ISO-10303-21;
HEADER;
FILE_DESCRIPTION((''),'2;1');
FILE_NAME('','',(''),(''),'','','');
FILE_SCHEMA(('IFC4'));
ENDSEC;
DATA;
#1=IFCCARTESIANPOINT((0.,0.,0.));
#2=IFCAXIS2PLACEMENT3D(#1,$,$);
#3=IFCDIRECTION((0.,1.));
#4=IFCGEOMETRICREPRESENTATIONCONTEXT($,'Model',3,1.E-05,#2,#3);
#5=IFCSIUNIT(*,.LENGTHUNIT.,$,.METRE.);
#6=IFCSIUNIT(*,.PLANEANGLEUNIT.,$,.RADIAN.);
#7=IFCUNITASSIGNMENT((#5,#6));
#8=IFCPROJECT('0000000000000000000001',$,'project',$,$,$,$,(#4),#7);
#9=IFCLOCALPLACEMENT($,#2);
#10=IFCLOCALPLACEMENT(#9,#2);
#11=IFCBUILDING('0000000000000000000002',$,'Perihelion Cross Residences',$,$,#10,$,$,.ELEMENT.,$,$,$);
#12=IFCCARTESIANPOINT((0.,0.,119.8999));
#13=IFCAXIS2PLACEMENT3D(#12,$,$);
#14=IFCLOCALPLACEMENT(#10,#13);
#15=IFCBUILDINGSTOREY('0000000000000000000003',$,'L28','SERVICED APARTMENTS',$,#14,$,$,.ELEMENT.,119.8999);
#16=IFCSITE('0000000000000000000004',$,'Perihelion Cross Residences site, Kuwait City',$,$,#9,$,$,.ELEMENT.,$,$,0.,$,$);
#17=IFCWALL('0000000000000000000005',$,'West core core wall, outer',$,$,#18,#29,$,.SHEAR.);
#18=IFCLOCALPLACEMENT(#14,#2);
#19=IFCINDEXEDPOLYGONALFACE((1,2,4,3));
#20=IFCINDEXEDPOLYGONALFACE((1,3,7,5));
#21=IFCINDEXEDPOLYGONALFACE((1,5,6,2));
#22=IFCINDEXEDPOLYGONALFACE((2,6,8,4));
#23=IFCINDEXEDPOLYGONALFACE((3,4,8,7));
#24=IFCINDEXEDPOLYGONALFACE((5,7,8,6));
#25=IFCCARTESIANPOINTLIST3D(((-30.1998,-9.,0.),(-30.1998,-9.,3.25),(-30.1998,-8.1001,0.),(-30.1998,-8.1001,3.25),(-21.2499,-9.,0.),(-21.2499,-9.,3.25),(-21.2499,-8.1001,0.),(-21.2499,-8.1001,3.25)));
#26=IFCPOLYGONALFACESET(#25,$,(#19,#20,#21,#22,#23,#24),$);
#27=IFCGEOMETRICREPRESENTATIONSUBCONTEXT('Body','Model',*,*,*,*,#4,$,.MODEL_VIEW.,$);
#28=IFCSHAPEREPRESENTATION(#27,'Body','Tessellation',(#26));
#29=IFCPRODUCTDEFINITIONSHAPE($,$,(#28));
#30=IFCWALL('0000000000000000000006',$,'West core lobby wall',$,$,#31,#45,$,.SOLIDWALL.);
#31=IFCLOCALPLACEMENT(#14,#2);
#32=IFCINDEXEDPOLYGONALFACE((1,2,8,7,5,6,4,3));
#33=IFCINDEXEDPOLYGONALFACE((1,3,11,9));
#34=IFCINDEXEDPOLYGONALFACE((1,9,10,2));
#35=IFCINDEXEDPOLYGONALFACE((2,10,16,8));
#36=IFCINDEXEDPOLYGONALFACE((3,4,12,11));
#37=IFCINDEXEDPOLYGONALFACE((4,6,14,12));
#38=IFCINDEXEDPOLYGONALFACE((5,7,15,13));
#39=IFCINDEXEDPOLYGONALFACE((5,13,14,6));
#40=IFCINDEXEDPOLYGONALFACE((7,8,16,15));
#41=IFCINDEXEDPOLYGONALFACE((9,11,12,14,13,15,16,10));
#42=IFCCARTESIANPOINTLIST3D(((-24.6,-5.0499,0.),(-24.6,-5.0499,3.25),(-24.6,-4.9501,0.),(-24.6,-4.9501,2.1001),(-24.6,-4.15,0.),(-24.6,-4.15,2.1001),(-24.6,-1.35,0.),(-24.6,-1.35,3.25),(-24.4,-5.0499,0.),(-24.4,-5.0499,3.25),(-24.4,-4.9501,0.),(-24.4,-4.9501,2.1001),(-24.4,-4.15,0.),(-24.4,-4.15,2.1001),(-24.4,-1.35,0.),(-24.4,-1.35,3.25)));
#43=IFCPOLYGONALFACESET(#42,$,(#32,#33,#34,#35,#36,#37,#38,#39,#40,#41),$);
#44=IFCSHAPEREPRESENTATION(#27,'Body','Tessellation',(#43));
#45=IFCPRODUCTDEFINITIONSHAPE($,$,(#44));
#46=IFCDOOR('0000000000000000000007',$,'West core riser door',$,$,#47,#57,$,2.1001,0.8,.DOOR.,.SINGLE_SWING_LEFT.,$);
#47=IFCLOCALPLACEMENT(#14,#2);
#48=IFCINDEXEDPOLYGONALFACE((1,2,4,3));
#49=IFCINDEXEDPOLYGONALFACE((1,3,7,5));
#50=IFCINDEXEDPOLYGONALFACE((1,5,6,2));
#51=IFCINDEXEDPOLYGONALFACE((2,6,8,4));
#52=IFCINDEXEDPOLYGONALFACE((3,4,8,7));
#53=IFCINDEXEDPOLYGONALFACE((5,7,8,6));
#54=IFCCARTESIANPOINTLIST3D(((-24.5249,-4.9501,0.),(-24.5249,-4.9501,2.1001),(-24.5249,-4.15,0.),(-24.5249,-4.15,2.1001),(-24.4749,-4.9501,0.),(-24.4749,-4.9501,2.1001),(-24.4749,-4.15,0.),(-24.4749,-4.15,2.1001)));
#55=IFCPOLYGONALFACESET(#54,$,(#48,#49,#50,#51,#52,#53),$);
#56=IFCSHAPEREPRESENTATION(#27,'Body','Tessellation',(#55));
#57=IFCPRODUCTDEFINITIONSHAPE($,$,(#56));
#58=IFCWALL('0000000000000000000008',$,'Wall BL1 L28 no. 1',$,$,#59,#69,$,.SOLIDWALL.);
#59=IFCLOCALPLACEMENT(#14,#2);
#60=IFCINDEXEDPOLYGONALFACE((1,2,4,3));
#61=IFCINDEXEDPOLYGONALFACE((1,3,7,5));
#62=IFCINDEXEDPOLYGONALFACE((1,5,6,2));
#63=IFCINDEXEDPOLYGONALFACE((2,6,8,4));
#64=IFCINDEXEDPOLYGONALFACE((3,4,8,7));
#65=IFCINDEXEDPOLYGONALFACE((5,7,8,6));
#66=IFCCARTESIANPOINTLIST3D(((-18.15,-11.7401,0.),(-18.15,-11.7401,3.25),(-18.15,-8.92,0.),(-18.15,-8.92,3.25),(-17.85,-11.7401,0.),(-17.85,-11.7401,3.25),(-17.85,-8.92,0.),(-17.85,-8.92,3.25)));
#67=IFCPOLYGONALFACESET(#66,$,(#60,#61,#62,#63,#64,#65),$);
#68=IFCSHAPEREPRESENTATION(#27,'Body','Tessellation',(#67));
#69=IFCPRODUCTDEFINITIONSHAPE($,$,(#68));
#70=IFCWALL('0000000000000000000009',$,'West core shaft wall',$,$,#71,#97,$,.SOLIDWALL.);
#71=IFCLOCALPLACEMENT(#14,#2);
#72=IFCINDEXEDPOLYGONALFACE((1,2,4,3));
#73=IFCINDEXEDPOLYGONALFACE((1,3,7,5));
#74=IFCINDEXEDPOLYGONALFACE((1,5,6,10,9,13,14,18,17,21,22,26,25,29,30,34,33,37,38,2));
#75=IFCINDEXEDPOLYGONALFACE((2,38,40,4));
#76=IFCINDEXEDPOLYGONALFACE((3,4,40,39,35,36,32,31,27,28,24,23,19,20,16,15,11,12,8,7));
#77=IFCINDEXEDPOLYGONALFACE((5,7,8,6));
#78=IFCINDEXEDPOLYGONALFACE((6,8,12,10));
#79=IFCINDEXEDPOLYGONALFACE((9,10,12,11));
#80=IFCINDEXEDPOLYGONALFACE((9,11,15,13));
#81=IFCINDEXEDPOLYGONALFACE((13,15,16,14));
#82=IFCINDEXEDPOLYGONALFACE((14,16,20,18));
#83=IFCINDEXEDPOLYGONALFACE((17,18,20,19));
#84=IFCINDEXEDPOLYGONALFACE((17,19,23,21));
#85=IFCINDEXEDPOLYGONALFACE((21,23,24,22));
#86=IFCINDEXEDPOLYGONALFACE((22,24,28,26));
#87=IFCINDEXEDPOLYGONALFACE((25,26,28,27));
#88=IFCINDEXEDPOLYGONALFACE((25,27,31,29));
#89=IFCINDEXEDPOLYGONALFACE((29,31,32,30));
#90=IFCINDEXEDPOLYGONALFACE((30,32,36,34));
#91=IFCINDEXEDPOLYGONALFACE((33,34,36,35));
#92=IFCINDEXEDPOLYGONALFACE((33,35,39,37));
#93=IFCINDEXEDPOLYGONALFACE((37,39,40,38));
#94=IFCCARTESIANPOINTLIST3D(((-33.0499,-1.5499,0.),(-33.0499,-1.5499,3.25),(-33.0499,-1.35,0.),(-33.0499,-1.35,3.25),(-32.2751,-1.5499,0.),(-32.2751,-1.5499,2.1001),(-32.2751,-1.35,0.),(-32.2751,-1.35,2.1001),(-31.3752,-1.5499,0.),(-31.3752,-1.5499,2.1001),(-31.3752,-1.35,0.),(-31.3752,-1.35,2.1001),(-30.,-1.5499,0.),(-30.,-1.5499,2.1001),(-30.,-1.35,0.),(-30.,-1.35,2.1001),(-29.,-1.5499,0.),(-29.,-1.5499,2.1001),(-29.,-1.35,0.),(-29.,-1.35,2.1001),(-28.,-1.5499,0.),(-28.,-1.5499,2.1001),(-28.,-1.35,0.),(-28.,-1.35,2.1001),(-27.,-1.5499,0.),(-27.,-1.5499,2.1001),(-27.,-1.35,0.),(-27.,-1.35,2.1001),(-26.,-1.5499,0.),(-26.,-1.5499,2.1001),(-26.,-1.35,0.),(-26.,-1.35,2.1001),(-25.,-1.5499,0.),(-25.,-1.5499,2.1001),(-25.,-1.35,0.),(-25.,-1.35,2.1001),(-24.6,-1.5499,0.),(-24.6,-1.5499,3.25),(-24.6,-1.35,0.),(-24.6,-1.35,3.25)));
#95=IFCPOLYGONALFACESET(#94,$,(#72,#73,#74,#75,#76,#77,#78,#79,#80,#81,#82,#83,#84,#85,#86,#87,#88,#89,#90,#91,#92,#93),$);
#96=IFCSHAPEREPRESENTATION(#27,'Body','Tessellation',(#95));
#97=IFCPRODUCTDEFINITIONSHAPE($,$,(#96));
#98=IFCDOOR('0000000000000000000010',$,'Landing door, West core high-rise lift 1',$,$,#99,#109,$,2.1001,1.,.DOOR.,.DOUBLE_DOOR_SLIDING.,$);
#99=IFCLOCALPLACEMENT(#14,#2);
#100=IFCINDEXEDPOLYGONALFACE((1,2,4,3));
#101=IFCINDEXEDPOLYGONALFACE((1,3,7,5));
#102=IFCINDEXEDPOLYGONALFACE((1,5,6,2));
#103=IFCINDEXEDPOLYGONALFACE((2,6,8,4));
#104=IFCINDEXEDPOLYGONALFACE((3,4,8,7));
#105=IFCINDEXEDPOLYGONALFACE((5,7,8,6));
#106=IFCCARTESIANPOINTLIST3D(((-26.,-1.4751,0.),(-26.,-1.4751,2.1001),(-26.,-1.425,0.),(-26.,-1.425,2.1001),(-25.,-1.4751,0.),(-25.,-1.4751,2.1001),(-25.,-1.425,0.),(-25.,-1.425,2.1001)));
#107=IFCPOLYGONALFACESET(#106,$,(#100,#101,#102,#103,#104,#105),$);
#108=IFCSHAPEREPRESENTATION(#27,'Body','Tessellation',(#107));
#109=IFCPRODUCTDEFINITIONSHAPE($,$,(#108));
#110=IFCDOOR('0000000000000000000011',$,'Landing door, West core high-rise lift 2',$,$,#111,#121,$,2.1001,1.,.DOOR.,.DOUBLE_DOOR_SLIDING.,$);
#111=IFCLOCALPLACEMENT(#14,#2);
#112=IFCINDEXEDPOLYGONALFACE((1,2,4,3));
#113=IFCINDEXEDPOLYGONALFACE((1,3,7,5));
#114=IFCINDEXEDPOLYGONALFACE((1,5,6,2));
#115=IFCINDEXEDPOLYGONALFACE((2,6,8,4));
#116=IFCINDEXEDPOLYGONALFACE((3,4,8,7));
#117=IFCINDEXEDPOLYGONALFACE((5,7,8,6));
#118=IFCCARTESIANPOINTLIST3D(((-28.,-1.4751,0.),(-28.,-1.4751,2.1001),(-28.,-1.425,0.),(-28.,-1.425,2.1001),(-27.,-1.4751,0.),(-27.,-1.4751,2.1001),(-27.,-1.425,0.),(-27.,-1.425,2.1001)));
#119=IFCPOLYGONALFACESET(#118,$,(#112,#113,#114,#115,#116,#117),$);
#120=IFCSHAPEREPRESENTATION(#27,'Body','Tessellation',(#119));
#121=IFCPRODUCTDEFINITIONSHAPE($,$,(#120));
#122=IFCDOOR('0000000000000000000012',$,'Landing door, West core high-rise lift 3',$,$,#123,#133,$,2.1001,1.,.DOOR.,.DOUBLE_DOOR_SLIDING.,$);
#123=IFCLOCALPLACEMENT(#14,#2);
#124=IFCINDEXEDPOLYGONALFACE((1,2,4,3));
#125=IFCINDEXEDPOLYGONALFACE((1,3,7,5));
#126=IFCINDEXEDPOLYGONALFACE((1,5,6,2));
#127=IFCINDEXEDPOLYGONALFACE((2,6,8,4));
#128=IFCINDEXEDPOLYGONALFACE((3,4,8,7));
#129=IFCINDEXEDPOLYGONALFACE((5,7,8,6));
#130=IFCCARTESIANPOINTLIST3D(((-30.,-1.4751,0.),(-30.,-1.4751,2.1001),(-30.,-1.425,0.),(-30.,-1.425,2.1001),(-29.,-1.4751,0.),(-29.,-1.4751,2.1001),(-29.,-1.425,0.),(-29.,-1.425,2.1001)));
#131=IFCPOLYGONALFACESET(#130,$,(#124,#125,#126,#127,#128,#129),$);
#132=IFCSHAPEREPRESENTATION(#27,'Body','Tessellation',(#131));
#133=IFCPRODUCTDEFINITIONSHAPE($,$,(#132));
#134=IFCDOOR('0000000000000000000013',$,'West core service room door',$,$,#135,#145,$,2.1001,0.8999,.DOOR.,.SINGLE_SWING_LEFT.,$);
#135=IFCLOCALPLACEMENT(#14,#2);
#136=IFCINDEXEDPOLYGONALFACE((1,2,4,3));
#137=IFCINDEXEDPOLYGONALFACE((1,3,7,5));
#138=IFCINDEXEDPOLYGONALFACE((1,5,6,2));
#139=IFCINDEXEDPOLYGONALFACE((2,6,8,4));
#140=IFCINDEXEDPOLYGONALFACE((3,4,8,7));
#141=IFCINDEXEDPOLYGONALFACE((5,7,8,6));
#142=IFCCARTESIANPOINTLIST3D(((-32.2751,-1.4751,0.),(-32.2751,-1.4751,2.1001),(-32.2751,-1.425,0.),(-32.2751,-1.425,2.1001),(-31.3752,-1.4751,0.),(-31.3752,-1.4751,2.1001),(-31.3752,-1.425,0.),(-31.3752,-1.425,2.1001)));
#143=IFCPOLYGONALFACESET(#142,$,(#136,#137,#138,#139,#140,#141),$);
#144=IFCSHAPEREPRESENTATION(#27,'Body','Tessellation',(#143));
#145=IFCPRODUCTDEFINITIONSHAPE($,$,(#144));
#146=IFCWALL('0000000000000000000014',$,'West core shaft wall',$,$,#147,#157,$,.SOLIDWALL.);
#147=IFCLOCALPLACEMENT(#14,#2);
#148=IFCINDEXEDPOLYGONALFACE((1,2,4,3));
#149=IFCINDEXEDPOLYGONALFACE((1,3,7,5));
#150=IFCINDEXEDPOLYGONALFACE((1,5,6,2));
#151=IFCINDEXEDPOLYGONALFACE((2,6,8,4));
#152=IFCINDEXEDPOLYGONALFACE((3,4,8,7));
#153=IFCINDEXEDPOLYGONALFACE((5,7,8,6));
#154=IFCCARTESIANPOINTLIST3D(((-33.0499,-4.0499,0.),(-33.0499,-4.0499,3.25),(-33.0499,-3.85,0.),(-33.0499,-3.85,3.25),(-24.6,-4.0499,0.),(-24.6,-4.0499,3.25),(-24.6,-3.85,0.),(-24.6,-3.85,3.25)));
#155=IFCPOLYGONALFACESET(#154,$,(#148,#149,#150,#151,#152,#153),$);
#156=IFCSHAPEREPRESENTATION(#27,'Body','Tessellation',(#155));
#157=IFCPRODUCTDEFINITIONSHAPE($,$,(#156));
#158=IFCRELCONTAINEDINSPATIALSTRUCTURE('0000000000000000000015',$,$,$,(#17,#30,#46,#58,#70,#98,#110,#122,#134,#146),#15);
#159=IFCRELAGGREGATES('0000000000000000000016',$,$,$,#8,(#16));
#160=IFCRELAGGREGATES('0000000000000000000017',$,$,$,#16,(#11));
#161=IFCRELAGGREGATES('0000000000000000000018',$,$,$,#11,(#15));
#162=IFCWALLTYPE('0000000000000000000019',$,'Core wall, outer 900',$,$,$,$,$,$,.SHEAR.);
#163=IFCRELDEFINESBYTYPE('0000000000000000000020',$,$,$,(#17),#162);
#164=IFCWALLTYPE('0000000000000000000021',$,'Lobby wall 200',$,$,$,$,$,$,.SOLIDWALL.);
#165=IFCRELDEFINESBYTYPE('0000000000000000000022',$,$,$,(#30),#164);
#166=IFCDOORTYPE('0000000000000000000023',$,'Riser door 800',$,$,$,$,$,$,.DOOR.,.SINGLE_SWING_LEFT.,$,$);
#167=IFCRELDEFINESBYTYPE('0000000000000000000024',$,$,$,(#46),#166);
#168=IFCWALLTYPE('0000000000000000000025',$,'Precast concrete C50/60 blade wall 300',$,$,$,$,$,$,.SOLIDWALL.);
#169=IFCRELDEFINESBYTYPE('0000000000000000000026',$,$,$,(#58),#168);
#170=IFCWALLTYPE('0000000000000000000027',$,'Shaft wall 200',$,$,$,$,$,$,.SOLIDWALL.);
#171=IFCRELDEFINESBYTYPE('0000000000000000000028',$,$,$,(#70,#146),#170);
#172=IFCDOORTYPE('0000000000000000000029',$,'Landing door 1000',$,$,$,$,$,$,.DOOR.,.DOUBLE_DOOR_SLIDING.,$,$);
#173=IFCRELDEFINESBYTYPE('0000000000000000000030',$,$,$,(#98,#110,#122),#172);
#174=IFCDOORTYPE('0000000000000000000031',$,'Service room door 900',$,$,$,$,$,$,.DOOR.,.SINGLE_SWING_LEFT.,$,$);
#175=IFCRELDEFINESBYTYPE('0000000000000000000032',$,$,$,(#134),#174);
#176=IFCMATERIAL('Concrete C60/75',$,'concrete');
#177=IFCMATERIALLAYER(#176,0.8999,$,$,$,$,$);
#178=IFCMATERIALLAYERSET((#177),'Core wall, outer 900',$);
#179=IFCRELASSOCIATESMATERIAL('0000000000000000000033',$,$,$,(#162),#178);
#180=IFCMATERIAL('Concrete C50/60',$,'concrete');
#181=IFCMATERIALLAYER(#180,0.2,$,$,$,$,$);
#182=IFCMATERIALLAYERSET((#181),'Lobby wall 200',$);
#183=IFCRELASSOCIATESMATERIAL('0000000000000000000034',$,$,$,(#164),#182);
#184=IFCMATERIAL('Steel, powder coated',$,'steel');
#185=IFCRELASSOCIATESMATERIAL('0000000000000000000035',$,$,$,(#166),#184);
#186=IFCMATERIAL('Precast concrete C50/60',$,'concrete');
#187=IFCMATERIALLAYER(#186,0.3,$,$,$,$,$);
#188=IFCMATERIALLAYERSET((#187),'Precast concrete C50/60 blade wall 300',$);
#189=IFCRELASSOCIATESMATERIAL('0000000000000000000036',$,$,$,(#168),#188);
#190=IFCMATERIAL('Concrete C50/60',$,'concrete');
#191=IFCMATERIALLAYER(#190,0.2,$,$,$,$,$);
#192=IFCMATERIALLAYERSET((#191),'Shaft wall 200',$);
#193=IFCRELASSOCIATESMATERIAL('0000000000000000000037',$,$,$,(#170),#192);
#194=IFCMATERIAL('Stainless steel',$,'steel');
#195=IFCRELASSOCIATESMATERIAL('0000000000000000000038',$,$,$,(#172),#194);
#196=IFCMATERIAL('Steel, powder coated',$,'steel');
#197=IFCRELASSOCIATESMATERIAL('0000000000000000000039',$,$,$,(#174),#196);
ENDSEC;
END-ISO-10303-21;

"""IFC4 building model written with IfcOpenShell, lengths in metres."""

from ifc_helpers import new_model, si_unit, direction, frame, frame_2d, origin, place, context, subcontext, project, spatial, rectangle, extrude, material, layer, layer_set, type_object, element, fill, save


model = new_model("IFC4")

# Units and contexts
model_context = context("Model", 3, precision=1e-05, world=origin(), true_north=direction((0.0, 1.0)))
body_context = subcontext(model_context, "Body", "Model", "MODEL_VIEW")
ifc_project = project(units=[si_unit("LENGTHUNIT", "METRE"), si_unit("PLANEANGLEUNIT", "RADIAN")], contexts=[model_context])

# Site, building, storey
site_placement = place(None, origin())
site = spatial("IfcSite", under=ifc_project, at=site_placement, Name="Perihelion Cross Residences site, Kuwait City", CompositionType="ELEMENT", RefElevation=0.0)
building_placement = place(site_placement, origin())
building = spatial("IfcBuilding", under=site, at=building_placement, Name="Perihelion Cross Residences", CompositionType="ELEMENT")
storey_placement = place(building_placement, frame((0.0, 0.0, 119.8999)))
storey = spatial("IfcBuildingStorey", under=building, at=storey_placement, Name="L28", Description="SERVICED APARTMENTS", CompositionType="ELEMENT", Elevation=119.8999)

# Wall
ifc_material_1 = material(Name="Concrete C60/75", Category="concrete")
ifc_layer_1 = layer(ifc_material_1, 0.8999)
ifc_layer_set_1 = layer_set([ifc_layer_1], Name="Core wall, outer 900")
wall_type_1 = type_object("IfcWallType", Name="Core wall, outer 900", PredefinedType="SHEAR", material=ifc_layer_set_1)
wall_1_placement = place(storey_placement, frame((-30.2, -8.55, 0.0), z_axis=(0.0, 0.0, 1.0), x_axis=(1.0, 0.0, 0.0)))
element("IfcWall", 1, at=wall_1_placement, inside=storey, type_object=wall_type_1, Name="West core core wall, outer", PredefinedType="SHEAR", context=body_context, shape_type="SweptSolid", body=[
    extrude(rectangle(XDim=8.95, YDim=0.8999, at=frame_2d((4.4751, 0.0))), origin(), (0.0, 0.0, 1.0), 3.25),
])

# Wall, opening, door
ifc_material_2 = material(Name="Concrete C50/60", Category="concrete")
ifc_layer_2 = layer(ifc_material_2, 0.2)
ifc_layer_set_2 = layer_set([ifc_layer_2], Name="Lobby wall 200")
wall_type_2 = type_object("IfcWallType", Name="Lobby wall 200", PredefinedType="SOLIDWALL", material=ifc_layer_set_2)
wall_2_placement = place(storey_placement, frame((-24.5, -5.05, 0.0), z_axis=(0.0, 0.0, 1.0), x_axis=(0.0, 1.0, 0.0)))
wall_2 = element("IfcWall", 2, at=wall_2_placement, inside=storey, type_object=wall_type_2, Name="West core lobby wall", PredefinedType="SOLIDWALL", context=body_context, shape_type="SweptSolid", body=[
    extrude(rectangle(XDim=3.7, YDim=0.2, at=frame_2d((1.8501, 0.0))), origin(), (0.0, 0.0, 1.0), 3.25),
])
opening_1_placement = place(wall_2_placement, frame((0.1001, 0.0, 0.0)))
opening_1 = element("IfcOpeningElement", 3, at=opening_1_placement, cuts=wall_2, PredefinedType="OPENING", context=body_context, shape_type="SweptSolid", body=[
    extrude(rectangle(XDim=0.8, YDim=2.1001, at=frame_2d((0.3999, 1.05))), frame((0.0, 0.1099, 0.0), z_axis=(0.0, -1.0, 0.0), x_axis=(1.0, 0.0, 0.0)), (0.0, 0.0, 1.0), 0.22),
])
ifc_material_3 = material(Name="Steel, powder coated", Category="steel")
door_type_1 = type_object("IfcDoorType", Name="Riser door 800", OperationType="SINGLE_SWING_LEFT", PredefinedType="DOOR", material=ifc_material_3)
door_1_placement = place(opening_1_placement, origin())
door_1 = element("IfcDoor", 4, at=door_1_placement, inside=storey, type_object=door_type_1, Name="West core riser door", OperationType="SINGLE_SWING_LEFT", OverallHeight=2.1001, OverallWidth=0.8, PredefinedType="DOOR", context=body_context, shape_type="SweptSolid", body=[
    extrude(rectangle(XDim=0.8, YDim=2.1001, at=frame_2d((0.3999, 1.05))), frame((0.0, 0.0249, 0.0), z_axis=(0.0, -1.0, 0.0), x_axis=(1.0, 0.0, 0.0)), (0.0, 0.0, 1.0), 0.05),
])
fill(opening_1, door_1)

# Wall
ifc_material_4 = material(Name="Precast concrete C50/60", Category="concrete")
ifc_layer_3 = layer(ifc_material_4, 0.3)
ifc_layer_set_3 = layer_set([ifc_layer_3], Name="Precast concrete C50/60 blade wall 300")
wall_type_3 = type_object("IfcWallType", Name="Precast concrete C50/60 blade wall 300", PredefinedType="SOLIDWALL", material=ifc_layer_set_3)
wall_3_placement = place(storey_placement, frame((-18.0, -8.9199, 0.0), z_axis=(0.0, 0.0, 1.0), x_axis=(0.0, -1.0, 0.0)))
element("IfcWall", 5, at=wall_3_placement, inside=storey, type_object=wall_type_3, Name="Wall BL1 L28 no. 1", PredefinedType="SOLIDWALL", context=body_context, shape_type="SweptSolid", body=[
    extrude(rectangle(XDim=2.8201, YDim=0.3, at=frame_2d((1.4102, 0.0))), origin(), (0.0, 0.0, 1.0), 3.25),
])

# Wall, openings, doors
ifc_material_5 = material(Name="Concrete C50/60", Category="concrete")
ifc_layer_4 = layer(ifc_material_5, 0.2)
ifc_layer_set_4 = layer_set([ifc_layer_4], Name="Shaft wall 200")
wall_type_4 = type_object("IfcWallType", Name="Shaft wall 200", PredefinedType="SOLIDWALL", material=ifc_layer_set_4)
wall_4_placement = place(storey_placement, frame((-33.05, -1.45, 0.0), z_axis=(0.0, 0.0, 1.0), x_axis=(1.0, 0.0, 0.0)))
wall_4 = element("IfcWall", 6, at=wall_4_placement, inside=storey, type_object=wall_type_4, Name="West core shaft wall", PredefinedType="SOLIDWALL", context=body_context, shape_type="SweptSolid", body=[
    extrude(rectangle(XDim=8.45, YDim=0.2, at=frame_2d((4.2251, 0.0))), origin(), (0.0, 0.0, 1.0), 3.25),
])
opening_2_placement = place(wall_4_placement, frame((7.05, 0.0, 0.0)))
opening_2 = element("IfcOpeningElement", 7, at=opening_2_placement, cuts=wall_4, PredefinedType="OPENING", context=body_context, shape_type="SweptSolid", body=[
    extrude(rectangle(XDim=1.0, YDim=2.1001, at=frame_2d((0.5, 1.05))), frame((0.0, 0.1099, 0.0), z_axis=(0.0, -1.0, 0.0), x_axis=(1.0, 0.0, 0.0)), (0.0, 0.0, 1.0), 0.22),
])
opening_3_placement = place(wall_4_placement, frame((5.05, 0.0, 0.0)))
opening_3 = element("IfcOpeningElement", 8, at=opening_3_placement, cuts=wall_4, PredefinedType="OPENING", context=body_context, shape_type="SweptSolid", body=[
    extrude(rectangle(XDim=1.0, YDim=2.1001, at=frame_2d((0.5, 1.05))), frame((0.0, 0.1099, 0.0), z_axis=(0.0, -1.0, 0.0), x_axis=(1.0, 0.0, 0.0)), (0.0, 0.0, 1.0), 0.22),
])
opening_4_placement = place(wall_4_placement, frame((3.05, 0.0, 0.0)))
opening_4 = element("IfcOpeningElement", 9, at=opening_4_placement, cuts=wall_4, PredefinedType="OPENING", context=body_context, shape_type="SweptSolid", body=[
    extrude(rectangle(XDim=1.0, YDim=2.1001, at=frame_2d((0.5, 1.05))), frame((0.0, 0.1099, 0.0), z_axis=(0.0, -1.0, 0.0), x_axis=(1.0, 0.0, 0.0)), (0.0, 0.0, 1.0), 0.22),
])
opening_5_placement = place(wall_4_placement, frame((0.7749, 0.0, 0.0)))
opening_5 = element("IfcOpeningElement", 10, at=opening_5_placement, cuts=wall_4, PredefinedType="OPENING", context=body_context, shape_type="SweptSolid", body=[
    extrude(rectangle(XDim=0.8999, YDim=2.1001, at=frame_2d((0.45, 1.05))), frame((0.0, 0.1099, 0.0), z_axis=(0.0, -1.0, 0.0), x_axis=(1.0, 0.0, 0.0)), (0.0, 0.0, 1.0), 0.22),
])
ifc_material_6 = material(Name="Stainless steel", Category="steel")
door_type_2 = type_object("IfcDoorType", Name="Landing door 1000", OperationType="DOUBLE_DOOR_SLIDING", PredefinedType="DOOR", material=ifc_material_6)
door_2_placement = place(opening_2_placement, origin())
door_2 = element("IfcDoor", 11, at=door_2_placement, inside=storey, type_object=door_type_2, Name="Landing door, West core high-rise lift 1", OperationType="DOUBLE_DOOR_SLIDING", OverallHeight=2.1001, OverallWidth=1.0, PredefinedType="DOOR", context=body_context, shape_type="SweptSolid", body=[
    extrude(rectangle(XDim=1.0, YDim=2.1001, at=frame_2d((0.5, 1.05))), frame((0.0, 0.0249, 0.0), z_axis=(0.0, -1.0, 0.0), x_axis=(1.0, 0.0, 0.0)), (0.0, 0.0, 1.0), 0.05),
])
fill(opening_2, door_2)
door_3_placement = place(opening_3_placement, origin())
door_3 = element("IfcDoor", 12, at=door_3_placement, inside=storey, type_object=door_type_2, Name="Landing door, West core high-rise lift 2", OperationType="DOUBLE_DOOR_SLIDING", OverallHeight=2.1001, OverallWidth=1.0, PredefinedType="DOOR", context=body_context, shape_type="SweptSolid", body=[
    extrude(rectangle(XDim=1.0, YDim=2.1001, at=frame_2d((0.5, 1.05))), frame((0.0, 0.0249, 0.0), z_axis=(0.0, -1.0, 0.0), x_axis=(1.0, 0.0, 0.0)), (0.0, 0.0, 1.0), 0.05),
])
fill(opening_3, door_3)
door_4_placement = place(opening_4_placement, origin())
door_4 = element("IfcDoor", 13, at=door_4_placement, inside=storey, type_object=door_type_2, Name="Landing door, West core high-rise lift 3", OperationType="DOUBLE_DOOR_SLIDING", OverallHeight=2.1001, OverallWidth=1.0, PredefinedType="DOOR", context=body_context, shape_type="SweptSolid", body=[
    extrude(rectangle(XDim=1.0, YDim=2.1001, at=frame_2d((0.5, 1.05))), frame((0.0, 0.0249, 0.0), z_axis=(0.0, -1.0, 0.0), x_axis=(1.0, 0.0, 0.0)), (0.0, 0.0, 1.0), 0.05),
])
fill(opening_4, door_4)
ifc_material_7 = material(Name="Steel, powder coated", Category="steel")
door_type_3 = type_object("IfcDoorType", Name="Service room door 900", OperationType="SINGLE_SWING_LEFT", PredefinedType="DOOR", material=ifc_material_7)
door_5_placement = place(opening_5_placement, origin())
door_5 = element("IfcDoor", 14, at=door_5_placement, inside=storey, type_object=door_type_3, Name="West core service room door", OperationType="SINGLE_SWING_LEFT", OverallHeight=2.1001, OverallWidth=0.8999, PredefinedType="DOOR", context=body_context, shape_type="SweptSolid", body=[
    extrude(rectangle(XDim=0.8999, YDim=2.1001, at=frame_2d((0.45, 1.05))), frame((0.0, 0.0249, 0.0), z_axis=(0.0, -1.0, 0.0), x_axis=(1.0, 0.0, 0.0)), (0.0, 0.0, 1.0), 0.05),
])
fill(opening_5, door_5)

# Wall
wall_5_placement = place(storey_placement, frame((-33.05, -3.95, 0.0), z_axis=(0.0, 0.0, 1.0), x_axis=(1.0, 0.0, 0.0)))
element("IfcWall", 15, at=wall_5_placement, inside=storey, type_object=wall_type_4, Name="West core shaft wall", PredefinedType="SOLIDWALL", context=body_context, shape_type="SweptSolid", body=[
    extrude(rectangle(XDim=8.45, YDim=0.2, at=frame_2d((4.2251, 0.0))), origin(), (0.0, 0.0, 1.0), 3.25),
])

save(model, "model.ifc")
